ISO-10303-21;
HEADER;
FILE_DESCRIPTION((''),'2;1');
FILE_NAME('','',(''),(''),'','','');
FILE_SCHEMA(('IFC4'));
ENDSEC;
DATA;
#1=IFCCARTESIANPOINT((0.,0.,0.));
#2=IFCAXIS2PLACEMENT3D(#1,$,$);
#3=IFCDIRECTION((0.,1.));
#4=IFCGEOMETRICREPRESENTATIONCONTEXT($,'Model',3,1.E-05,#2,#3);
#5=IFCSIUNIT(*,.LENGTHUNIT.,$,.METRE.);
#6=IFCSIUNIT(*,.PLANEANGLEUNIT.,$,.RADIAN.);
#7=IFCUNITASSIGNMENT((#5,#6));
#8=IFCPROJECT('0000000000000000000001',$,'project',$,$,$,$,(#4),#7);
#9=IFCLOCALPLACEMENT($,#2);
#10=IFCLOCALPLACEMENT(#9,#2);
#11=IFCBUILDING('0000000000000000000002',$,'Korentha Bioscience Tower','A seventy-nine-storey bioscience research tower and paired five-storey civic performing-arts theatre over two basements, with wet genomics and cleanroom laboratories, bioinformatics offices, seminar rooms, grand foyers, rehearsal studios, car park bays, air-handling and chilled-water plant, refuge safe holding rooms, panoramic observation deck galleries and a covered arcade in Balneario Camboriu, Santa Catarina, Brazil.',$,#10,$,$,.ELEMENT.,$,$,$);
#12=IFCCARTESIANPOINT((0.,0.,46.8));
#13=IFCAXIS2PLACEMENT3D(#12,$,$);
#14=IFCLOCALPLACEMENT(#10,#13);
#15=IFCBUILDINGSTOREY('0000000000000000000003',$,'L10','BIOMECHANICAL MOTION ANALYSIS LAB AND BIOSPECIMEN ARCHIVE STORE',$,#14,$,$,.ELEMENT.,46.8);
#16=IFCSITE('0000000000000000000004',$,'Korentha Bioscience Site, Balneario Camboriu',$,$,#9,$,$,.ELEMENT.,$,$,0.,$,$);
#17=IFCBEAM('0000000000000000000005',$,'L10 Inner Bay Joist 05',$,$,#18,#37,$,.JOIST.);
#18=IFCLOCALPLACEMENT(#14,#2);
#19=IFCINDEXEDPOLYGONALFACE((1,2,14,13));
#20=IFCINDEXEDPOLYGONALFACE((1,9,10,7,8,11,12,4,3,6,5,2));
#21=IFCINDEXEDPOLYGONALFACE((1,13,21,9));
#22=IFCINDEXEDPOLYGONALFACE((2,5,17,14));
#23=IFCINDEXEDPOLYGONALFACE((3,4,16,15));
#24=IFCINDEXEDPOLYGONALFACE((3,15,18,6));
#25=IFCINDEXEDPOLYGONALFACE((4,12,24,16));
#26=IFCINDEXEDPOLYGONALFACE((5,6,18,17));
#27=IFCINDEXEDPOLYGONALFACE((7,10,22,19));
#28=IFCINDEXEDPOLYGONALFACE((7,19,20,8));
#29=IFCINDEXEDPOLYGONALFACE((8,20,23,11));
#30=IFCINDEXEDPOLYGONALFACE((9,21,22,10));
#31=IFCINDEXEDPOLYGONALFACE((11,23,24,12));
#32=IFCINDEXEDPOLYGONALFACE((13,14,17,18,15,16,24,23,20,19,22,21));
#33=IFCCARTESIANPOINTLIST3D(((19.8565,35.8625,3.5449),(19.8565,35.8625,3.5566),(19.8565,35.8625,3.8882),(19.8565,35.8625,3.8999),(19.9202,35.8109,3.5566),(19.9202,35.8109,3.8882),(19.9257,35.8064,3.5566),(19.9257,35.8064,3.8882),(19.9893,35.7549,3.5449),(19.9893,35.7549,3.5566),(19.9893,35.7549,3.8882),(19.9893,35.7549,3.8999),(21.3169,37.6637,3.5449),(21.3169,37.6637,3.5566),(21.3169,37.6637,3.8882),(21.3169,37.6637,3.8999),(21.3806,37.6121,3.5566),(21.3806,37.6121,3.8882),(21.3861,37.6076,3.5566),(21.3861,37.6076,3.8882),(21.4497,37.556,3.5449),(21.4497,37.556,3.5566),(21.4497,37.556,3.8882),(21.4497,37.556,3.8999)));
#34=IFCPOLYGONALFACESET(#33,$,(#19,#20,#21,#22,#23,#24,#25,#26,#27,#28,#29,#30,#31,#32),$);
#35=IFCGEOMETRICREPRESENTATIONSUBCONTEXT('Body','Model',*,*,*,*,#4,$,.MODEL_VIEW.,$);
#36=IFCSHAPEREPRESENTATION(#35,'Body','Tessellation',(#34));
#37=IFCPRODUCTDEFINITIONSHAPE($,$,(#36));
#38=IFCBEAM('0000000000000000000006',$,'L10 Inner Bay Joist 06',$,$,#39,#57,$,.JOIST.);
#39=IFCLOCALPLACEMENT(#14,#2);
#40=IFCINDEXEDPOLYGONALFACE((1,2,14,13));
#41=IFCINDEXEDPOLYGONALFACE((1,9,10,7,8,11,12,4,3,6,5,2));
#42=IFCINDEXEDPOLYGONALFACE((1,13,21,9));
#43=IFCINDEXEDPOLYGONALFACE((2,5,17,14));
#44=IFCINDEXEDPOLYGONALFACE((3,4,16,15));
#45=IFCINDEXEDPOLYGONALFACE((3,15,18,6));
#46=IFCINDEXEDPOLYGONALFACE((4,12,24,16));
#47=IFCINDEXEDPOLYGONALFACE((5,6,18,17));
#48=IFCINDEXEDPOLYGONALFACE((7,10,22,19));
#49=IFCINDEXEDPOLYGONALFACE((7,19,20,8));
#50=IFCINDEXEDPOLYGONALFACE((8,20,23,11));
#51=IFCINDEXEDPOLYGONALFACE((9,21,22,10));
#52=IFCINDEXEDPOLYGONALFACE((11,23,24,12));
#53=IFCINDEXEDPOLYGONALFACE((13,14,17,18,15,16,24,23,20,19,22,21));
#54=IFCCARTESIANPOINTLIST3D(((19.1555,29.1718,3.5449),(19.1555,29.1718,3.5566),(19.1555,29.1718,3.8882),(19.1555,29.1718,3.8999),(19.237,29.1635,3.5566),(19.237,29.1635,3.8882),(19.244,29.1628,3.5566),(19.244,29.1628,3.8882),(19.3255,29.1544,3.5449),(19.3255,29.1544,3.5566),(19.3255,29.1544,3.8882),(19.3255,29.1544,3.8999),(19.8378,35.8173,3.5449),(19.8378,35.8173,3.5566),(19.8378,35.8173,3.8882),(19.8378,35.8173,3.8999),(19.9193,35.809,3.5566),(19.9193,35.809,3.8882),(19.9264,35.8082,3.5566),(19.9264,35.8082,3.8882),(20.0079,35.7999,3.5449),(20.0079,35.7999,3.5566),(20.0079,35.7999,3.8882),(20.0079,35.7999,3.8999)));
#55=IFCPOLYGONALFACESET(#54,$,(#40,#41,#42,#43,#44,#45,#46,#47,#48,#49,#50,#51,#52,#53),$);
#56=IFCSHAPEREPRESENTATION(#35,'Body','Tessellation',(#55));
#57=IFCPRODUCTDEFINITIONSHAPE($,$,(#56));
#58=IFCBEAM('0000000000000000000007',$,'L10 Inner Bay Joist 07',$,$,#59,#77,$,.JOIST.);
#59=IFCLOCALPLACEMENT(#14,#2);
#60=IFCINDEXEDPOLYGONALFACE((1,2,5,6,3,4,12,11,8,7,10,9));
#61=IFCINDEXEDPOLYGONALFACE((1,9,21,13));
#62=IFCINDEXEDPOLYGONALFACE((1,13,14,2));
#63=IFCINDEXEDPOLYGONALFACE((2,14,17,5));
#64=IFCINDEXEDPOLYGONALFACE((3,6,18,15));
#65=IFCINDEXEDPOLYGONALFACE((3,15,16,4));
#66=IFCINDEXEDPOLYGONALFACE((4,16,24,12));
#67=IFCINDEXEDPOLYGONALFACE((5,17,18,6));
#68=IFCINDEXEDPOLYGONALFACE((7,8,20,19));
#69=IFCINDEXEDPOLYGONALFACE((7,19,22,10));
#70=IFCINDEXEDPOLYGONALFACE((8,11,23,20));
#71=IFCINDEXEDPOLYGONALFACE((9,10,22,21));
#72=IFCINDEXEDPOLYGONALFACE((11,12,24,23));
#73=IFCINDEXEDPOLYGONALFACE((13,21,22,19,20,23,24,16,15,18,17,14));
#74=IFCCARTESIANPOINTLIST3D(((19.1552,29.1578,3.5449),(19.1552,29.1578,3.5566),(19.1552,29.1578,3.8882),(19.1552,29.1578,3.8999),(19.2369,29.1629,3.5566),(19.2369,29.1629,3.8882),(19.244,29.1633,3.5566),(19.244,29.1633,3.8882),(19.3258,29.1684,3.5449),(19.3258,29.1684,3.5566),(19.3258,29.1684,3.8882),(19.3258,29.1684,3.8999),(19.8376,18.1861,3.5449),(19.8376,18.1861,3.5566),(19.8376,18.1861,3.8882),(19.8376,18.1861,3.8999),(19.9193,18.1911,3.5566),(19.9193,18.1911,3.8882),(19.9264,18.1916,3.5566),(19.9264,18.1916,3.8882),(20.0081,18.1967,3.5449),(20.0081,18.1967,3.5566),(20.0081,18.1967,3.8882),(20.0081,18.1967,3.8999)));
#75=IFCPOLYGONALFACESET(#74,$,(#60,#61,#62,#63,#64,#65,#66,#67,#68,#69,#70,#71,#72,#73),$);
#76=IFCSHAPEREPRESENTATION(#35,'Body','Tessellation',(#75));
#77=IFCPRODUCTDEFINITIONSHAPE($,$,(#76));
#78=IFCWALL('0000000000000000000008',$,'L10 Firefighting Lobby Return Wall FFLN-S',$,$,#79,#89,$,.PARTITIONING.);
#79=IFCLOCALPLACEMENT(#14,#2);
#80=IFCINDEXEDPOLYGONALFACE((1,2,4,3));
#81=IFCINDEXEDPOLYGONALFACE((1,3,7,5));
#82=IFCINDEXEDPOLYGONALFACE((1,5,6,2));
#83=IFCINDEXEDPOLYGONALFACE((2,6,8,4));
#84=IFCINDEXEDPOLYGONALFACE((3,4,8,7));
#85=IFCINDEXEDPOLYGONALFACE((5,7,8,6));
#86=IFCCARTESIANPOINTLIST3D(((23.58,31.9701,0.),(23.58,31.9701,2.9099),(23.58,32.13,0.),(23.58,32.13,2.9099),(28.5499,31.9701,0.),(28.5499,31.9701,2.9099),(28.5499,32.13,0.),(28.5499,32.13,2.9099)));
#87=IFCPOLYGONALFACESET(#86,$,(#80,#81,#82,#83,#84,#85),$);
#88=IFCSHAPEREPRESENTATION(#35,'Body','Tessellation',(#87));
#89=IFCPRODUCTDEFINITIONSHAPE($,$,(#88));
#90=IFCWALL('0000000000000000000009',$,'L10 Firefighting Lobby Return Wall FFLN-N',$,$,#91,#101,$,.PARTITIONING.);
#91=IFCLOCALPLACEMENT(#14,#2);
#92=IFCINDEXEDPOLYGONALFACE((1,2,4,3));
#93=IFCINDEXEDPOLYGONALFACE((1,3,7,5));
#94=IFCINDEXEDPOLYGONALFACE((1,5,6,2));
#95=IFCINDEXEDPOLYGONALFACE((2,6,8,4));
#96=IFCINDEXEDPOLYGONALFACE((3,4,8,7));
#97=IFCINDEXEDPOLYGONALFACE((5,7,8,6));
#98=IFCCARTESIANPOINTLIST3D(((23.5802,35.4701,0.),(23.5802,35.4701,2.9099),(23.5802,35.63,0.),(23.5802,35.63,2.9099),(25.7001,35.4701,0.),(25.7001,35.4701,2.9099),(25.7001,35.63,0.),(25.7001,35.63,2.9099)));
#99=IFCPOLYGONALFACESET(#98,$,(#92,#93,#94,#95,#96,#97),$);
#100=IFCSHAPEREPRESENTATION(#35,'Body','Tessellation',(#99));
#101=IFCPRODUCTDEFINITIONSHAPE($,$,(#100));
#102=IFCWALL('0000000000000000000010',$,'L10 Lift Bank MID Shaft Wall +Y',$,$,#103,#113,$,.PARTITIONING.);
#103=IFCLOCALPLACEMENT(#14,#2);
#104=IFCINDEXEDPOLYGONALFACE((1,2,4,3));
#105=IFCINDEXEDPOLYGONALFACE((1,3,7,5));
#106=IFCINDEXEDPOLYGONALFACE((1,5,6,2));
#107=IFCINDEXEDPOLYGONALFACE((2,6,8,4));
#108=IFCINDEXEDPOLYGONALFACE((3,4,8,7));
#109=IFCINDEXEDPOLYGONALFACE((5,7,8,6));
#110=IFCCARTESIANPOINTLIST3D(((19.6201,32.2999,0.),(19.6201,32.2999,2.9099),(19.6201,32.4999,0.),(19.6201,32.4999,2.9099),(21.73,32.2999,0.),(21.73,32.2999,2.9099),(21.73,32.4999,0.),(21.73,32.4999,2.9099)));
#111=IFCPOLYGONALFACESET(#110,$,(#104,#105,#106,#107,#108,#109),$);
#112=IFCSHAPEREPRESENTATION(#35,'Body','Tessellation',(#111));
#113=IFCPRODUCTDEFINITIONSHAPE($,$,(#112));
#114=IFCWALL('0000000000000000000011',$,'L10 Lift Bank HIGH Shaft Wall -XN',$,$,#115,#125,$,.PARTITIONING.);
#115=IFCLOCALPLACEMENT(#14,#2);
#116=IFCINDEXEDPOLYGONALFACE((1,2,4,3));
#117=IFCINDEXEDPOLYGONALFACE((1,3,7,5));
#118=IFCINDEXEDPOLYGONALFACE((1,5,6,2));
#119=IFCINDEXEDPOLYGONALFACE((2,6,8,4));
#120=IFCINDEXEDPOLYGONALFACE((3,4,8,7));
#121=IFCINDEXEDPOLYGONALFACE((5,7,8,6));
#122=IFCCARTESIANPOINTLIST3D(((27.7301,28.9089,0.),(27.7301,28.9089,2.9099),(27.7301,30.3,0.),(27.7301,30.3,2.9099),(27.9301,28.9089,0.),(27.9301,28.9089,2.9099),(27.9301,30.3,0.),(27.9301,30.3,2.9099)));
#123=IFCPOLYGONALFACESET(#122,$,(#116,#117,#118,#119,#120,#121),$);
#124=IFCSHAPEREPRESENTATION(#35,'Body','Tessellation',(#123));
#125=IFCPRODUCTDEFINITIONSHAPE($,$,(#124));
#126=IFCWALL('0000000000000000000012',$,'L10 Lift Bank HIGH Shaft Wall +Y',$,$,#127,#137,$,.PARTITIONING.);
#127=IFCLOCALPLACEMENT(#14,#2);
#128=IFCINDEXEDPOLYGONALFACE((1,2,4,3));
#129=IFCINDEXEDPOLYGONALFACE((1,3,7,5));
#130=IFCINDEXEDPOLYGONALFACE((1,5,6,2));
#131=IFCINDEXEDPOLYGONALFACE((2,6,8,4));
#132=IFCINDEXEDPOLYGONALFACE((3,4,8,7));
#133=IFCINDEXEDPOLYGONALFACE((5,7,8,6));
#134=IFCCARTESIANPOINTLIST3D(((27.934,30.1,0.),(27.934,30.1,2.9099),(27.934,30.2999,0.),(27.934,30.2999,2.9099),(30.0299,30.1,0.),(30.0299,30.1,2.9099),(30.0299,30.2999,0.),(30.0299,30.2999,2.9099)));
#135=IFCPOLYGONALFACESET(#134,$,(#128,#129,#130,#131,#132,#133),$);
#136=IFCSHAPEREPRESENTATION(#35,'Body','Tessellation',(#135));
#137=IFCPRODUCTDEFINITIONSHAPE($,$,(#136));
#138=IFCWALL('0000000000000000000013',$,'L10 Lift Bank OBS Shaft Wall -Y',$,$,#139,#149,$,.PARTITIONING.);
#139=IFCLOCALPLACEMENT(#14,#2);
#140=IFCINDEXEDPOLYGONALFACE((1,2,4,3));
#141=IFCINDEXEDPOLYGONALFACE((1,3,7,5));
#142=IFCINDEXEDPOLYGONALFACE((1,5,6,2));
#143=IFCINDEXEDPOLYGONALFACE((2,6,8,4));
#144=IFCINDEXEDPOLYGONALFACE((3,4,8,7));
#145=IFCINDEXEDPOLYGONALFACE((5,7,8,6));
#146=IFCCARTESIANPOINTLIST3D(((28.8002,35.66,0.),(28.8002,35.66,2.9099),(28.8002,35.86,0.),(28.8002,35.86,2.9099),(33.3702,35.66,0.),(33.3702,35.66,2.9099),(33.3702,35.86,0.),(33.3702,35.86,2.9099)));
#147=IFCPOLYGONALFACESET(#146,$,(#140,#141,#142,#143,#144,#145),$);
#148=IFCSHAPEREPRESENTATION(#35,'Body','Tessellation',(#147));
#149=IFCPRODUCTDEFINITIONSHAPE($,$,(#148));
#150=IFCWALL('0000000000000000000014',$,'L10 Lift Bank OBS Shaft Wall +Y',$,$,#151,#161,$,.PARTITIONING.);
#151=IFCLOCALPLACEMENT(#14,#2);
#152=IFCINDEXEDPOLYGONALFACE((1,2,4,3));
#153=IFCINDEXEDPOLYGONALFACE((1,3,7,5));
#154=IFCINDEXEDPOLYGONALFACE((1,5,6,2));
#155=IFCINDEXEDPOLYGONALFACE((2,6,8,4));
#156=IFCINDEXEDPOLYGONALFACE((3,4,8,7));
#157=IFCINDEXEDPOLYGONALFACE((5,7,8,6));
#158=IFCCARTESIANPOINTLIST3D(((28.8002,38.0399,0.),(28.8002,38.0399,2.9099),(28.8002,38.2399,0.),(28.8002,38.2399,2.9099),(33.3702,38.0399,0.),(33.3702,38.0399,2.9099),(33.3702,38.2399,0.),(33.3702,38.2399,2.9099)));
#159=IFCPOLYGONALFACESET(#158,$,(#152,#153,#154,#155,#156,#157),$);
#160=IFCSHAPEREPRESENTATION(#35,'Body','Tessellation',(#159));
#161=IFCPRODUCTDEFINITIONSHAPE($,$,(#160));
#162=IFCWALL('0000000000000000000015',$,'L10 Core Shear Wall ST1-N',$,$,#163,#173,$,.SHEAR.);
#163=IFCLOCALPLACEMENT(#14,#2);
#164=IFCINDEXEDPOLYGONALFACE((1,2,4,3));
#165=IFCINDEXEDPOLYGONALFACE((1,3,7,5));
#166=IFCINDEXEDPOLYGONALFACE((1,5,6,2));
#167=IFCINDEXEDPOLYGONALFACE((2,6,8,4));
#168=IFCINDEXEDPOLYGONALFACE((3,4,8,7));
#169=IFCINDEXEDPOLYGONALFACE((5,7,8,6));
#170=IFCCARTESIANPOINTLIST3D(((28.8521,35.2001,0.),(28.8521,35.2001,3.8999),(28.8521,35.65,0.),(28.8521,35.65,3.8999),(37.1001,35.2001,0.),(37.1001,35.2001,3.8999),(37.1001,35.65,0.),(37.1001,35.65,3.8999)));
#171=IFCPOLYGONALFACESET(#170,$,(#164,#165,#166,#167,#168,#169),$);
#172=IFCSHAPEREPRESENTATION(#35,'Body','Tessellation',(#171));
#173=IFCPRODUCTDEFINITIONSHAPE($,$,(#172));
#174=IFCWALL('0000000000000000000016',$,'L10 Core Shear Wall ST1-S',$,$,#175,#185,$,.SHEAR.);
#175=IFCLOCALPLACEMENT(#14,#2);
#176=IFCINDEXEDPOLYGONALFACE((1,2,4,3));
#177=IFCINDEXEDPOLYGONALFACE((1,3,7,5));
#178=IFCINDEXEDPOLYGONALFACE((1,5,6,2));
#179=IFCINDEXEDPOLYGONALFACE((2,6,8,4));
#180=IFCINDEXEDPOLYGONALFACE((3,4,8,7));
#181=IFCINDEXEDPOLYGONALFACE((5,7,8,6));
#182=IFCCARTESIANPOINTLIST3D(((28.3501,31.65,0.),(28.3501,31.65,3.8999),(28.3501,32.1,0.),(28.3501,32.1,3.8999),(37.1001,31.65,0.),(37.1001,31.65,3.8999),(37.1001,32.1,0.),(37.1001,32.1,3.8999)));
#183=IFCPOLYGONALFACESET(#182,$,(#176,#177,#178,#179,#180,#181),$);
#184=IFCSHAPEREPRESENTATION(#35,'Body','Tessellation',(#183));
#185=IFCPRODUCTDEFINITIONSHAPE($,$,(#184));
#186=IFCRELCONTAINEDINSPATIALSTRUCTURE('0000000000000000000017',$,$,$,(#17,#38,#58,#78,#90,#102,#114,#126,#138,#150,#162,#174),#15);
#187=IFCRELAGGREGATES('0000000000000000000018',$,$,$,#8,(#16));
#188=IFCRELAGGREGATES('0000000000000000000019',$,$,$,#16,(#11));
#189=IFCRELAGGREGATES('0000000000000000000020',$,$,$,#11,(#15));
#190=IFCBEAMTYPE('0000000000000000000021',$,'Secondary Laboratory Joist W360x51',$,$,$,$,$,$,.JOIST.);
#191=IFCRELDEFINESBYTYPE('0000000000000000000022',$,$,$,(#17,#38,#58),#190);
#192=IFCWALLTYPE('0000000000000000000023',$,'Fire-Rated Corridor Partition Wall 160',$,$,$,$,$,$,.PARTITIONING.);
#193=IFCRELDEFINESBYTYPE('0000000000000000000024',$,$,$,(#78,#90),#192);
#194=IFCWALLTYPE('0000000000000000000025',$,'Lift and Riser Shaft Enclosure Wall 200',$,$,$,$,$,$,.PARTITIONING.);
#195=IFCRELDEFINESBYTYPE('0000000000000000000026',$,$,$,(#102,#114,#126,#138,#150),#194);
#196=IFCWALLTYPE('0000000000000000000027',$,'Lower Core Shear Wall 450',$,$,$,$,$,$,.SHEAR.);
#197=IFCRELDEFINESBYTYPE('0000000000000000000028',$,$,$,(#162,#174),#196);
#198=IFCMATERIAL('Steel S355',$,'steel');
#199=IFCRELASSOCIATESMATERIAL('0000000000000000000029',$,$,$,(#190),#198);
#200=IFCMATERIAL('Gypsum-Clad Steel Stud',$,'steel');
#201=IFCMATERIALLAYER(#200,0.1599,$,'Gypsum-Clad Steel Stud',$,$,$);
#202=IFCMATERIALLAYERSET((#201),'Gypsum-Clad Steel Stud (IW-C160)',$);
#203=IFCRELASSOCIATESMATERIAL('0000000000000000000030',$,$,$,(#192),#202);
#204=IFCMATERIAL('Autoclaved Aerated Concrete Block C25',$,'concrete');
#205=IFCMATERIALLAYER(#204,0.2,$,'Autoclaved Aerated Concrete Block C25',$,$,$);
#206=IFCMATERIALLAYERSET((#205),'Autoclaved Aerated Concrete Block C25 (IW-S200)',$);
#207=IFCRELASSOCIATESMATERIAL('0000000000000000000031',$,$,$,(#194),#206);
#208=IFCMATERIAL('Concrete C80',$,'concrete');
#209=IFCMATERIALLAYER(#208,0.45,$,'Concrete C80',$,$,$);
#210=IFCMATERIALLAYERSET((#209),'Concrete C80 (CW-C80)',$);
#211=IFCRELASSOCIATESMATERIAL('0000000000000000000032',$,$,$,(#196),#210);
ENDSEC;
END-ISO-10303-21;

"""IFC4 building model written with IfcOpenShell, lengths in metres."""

from ifc_helpers import new_model, si_unit, direction, frame, frame_2d, origin, origin_2d, place, context, subcontext, project, spatial, rectangle, i_section, extrude, material, layer, layer_set, material_profile, profile_set, type_object, element, save


model = new_model("IFC4")

# Units and contexts
model_context = context("Model", 3, precision=1e-05, world=origin(), true_north=direction((0.0, 1.0)))
body_context = subcontext(model_context, "Body", "Model", "MODEL_VIEW")
ifc_project = project(units=[si_unit("LENGTHUNIT", "METRE"), si_unit("PLANEANGLEUNIT", "RADIAN")], contexts=[model_context])

# Site, building, storey
site_placement = place(None, origin())
site = spatial("IfcSite", under=ifc_project, at=site_placement, Name="Korentha Bioscience Site, Balneario Camboriu", CompositionType="ELEMENT", RefElevation=0.0)
building_placement = place(site_placement, origin())
building = spatial("IfcBuilding", under=site, at=building_placement, Name="Korentha Bioscience Tower", Description="A seventy-nine-storey bioscience research tower and paired five-storey civic performing-arts theatre over two basements, with wet genomics and cleanroom laboratories, bioinformatics offices, seminar rooms, grand foyers, rehearsal studios, car park bays, air-handling and chilled-water plant, refuge safe holding rooms, panoramic observation deck galleries and a covered arcade in Balneario Camboriu, Santa Catarina, Brazil.", CompositionType="ELEMENT")
storey_placement = place(building_placement, frame((0.0, 0.0, 46.8)))
storey = spatial("IfcBuildingStorey", under=building, at=storey_placement, Name="L10", Description="BIOMECHANICAL MOTION ANALYSIS LAB AND BIOSPECIMEN ARCHIVE STORE", CompositionType="ELEMENT", Elevation=46.8)

# Beams
ifc_material_1 = material(Name="Steel S355", Category="steel")
ifc_material_profile_1 = material_profile(ifc_material_1, i_section(OverallWidth=0.1709, OverallDepth=0.355, WebThickness=0.0071, FlangeThickness=0.0117, at=origin_2d()), Name="Steel S355")
ifc_profile_set_1 = profile_set([ifc_material_profile_1], Name="Steel S355 (JB-360)")
beam_type_1 = type_object("IfcBeamType", Name="Secondary Laboratory Joist W360x51", PredefinedType="JOIST", material=ifc_profile_set_1)
beam_1_placement = place(storey_placement, frame((21.3833, 37.6099, 3.7224), z_axis=(-0.629792, -0.776764, 0.0), x_axis=(0.776764, -0.629792, 0.0)))
element("IfcBeam", 1, at=beam_1_placement, inside=storey, type_object=beam_type_1, Name="L10 Inner Bay Joist 05", PredefinedType="JOIST", context=body_context, shape_type="SweptSolid", body=[
    extrude(i_section(OverallWidth=0.1709, OverallDepth=0.355, WebThickness=0.0071, FlangeThickness=0.0117, at=origin_2d()), origin(), (0.0, 0.0, 1.0), 2.3188),
])
beam_2_placement = place(storey_placement, frame((19.9229, 35.8086, 3.7224), z_axis=(-0.102145, -0.99477, 0.0), x_axis=(0.99477, -0.102145, 0.0)))
element("IfcBeam", 2, at=beam_2_placement, inside=storey, type_object=beam_type_1, Name="L10 Inner Bay Joist 06", PredefinedType="JOIST", context=body_context, shape_type="SweptSolid", body=[
    extrude(i_section(OverallWidth=0.1709, OverallDepth=0.355, WebThickness=0.0071, FlangeThickness=0.0117, at=origin_2d()), origin(), (0.0, 0.0, 1.0), 6.6804),
])
beam_3_placement = place(storey_placement, frame((19.2405, 29.1631, 3.7224), z_axis=(0.062074, -0.998072, 0.0), x_axis=(0.998072, 0.062074, 0.0)))
element("IfcBeam", 3, at=beam_3_placement, inside=storey, type_object=beam_type_1, Name="L10 Inner Bay Joist 07", PredefinedType="JOIST", context=body_context, shape_type="SweptSolid", body=[
    extrude(i_section(OverallWidth=0.1709, OverallDepth=0.355, WebThickness=0.0071, FlangeThickness=0.0117, at=origin_2d()), origin(), (0.0, 0.0, 1.0), 10.9929),
])

# Shared definitions
ifc_material_2 = material(Name="Gypsum-Clad Steel Stud", Category="steel")
ifc_layer_1 = layer(ifc_material_2, 0.1599, Name="Gypsum-Clad Steel Stud")
ifc_layer_set_1 = layer_set([ifc_layer_1], Name="Gypsum-Clad Steel Stud (IW-C160)")
wall_type_1 = type_object("IfcWallType", Name="Fire-Rated Corridor Partition Wall 160", PredefinedType="PARTITIONING", material=ifc_layer_set_1)

# Walls
wall_1_placement = place(storey_placement, frame((23.5801, 32.05, 0.0), z_axis=(0.0, 0.0, 1.0), x_axis=(1.0, 0.0, 0.0)))
element("IfcWall", 4, at=wall_1_placement, inside=storey, type_object=wall_type_1, Name="L10 Firefighting Lobby Return Wall FFLN-S", PredefinedType="PARTITIONING", context=body_context, shape_type="SweptSolid", body=[
    extrude(rectangle(XDim=4.97, YDim=0.1599, at=frame_2d((2.4849, 0.0))), origin(), (0.0, 0.0, 1.0), 2.9099),
])
wall_2_placement = place(storey_placement, frame((23.5801, 35.55, 0.0), z_axis=(0.0, 0.0, 1.0), x_axis=(1.0, 0.0, 0.0)))
element("IfcWall", 5, at=wall_2_placement, inside=storey, type_object=wall_type_1, Name="L10 Firefighting Lobby Return Wall FFLN-N", PredefinedType="PARTITIONING", context=body_context, shape_type="SweptSolid", body=[
    extrude(rectangle(XDim=2.1199, YDim=0.1599, at=frame_2d((1.0601, 0.0))), origin(), (0.0, 0.0, 1.0), 2.9099),
])
ifc_material_3 = material(Name="Autoclaved Aerated Concrete Block C25", Category="concrete")
ifc_layer_2 = layer(ifc_material_3, 0.2, Name="Autoclaved Aerated Concrete Block C25")
ifc_layer_set_2 = layer_set([ifc_layer_2], Name="Autoclaved Aerated Concrete Block C25 (IW-S200)")
wall_type_2 = type_object("IfcWallType", Name="Lift and Riser Shaft Enclosure Wall 200", PredefinedType="PARTITIONING", material=ifc_layer_set_2)
wall_3_placement = place(storey_placement, frame((19.6201, 32.3999, 0.0), z_axis=(0.0, 0.0, 1.0), x_axis=(1.0, 0.0, 0.0)))
element("IfcWall", 6, at=wall_3_placement, inside=storey, type_object=wall_type_2, Name="L10 Lift Bank MID Shaft Wall +Y", PredefinedType="PARTITIONING", context=body_context, shape_type="SweptSolid", body=[
    extrude(rectangle(XDim=2.1099, YDim=0.2, at=frame_2d((1.0549, 0.0))), origin(), (0.0, 0.0, 1.0), 2.9099),
])
wall_4_placement = place(storey_placement, frame((27.8301, 28.9089, 0.0), z_axis=(0.0, 0.0, 1.0), x_axis=(0.0, 1.0, 0.0)))
element("IfcWall", 7, at=wall_4_placement, inside=storey, type_object=wall_type_2, Name="L10 Lift Bank HIGH Shaft Wall -XN", PredefinedType="PARTITIONING", context=body_context, shape_type="SweptSolid", body=[
    extrude(rectangle(XDim=1.3911, YDim=0.2, at=frame_2d((0.6956, 0.0))), origin(), (0.0, 0.0, 1.0), 2.9099),
])
wall_5_placement = place(storey_placement, frame((27.9341, 30.2, 0.0), z_axis=(0.0, 0.0, 1.0), x_axis=(1.0, 0.0, 0.0)))
element("IfcWall", 8, at=wall_5_placement, inside=storey, type_object=wall_type_2, Name="L10 Lift Bank HIGH Shaft Wall +Y", PredefinedType="PARTITIONING", context=body_context, shape_type="SweptSolid", body=[
    extrude(rectangle(XDim=2.0959, YDim=0.2, at=frame_2d((1.0479, 0.0))), origin(), (0.0, 0.0, 1.0), 2.9099),
])
for number, where, z_axis, x_axis, name in (
    (9, (28.8, 35.76, 0.0), (0.0, 0.0, 1.0), (1.0, 0.0, 0.0), "L10 Lift Bank OBS Shaft Wall -Y"),
    (10, (28.8, 38.1399, 0.0), (0.0, 0.0, 1.0), (1.0, 0.0, 0.0), "L10 Lift Bank OBS Shaft Wall +Y"),
):
    element("IfcWall", number, at=place(storey_placement, frame(where, z_axis=z_axis, x_axis=x_axis)), inside=storey, type_object=wall_type_2, Name=name, PredefinedType="PARTITIONING", context=body_context, shape_type="SweptSolid", body=[
        extrude(rectangle(XDim=4.5701, YDim=0.2, at=frame_2d((2.2852, 0.0))), origin(), (0.0, 0.0, 1.0), 2.9099),
    ])
ifc_material_4 = material(Name="Concrete C80", Category="concrete")
ifc_layer_3 = layer(ifc_material_4, 0.45, Name="Concrete C80")
ifc_layer_set_3 = layer_set([ifc_layer_3], Name="Concrete C80 (CW-C80)")
wall_type_3 = type_object("IfcWallType", Name="Lower Core Shear Wall 450", PredefinedType="SHEAR", material=ifc_layer_set_3)
wall_6_placement = place(storey_placement, frame((28.8521, 35.425, 0.0), z_axis=(0.0, 0.0, 1.0), x_axis=(1.0, 0.0, 0.0)))
element("IfcWall", 11, at=wall_6_placement, inside=storey, type_object=wall_type_3, Name="L10 Core Shear Wall ST1-N", PredefinedType="SHEAR", context=body_context, shape_type="SweptSolid", body=[
    extrude(rectangle(XDim=8.248, YDim=0.45, at=frame_2d((4.124, 0.0))), origin(), (0.0, 0.0, 1.0), 3.8999),
])
wall_7_placement = place(storey_placement, frame((28.3501, 31.875, 0.0), z_axis=(0.0, 0.0, 1.0), x_axis=(1.0, 0.0, 0.0)))
element("IfcWall", 12, at=wall_7_placement, inside=storey, type_object=wall_type_3, Name="L10 Core Shear Wall ST1-S", PredefinedType="SHEAR", context=body_context, shape_type="SweptSolid", body=[
    extrude(rectangle(XDim=8.75, YDim=0.45, at=frame_2d((4.375, 0.0))), origin(), (0.0, 0.0, 1.0), 3.8999),
])

save(model, "model.ifc")
